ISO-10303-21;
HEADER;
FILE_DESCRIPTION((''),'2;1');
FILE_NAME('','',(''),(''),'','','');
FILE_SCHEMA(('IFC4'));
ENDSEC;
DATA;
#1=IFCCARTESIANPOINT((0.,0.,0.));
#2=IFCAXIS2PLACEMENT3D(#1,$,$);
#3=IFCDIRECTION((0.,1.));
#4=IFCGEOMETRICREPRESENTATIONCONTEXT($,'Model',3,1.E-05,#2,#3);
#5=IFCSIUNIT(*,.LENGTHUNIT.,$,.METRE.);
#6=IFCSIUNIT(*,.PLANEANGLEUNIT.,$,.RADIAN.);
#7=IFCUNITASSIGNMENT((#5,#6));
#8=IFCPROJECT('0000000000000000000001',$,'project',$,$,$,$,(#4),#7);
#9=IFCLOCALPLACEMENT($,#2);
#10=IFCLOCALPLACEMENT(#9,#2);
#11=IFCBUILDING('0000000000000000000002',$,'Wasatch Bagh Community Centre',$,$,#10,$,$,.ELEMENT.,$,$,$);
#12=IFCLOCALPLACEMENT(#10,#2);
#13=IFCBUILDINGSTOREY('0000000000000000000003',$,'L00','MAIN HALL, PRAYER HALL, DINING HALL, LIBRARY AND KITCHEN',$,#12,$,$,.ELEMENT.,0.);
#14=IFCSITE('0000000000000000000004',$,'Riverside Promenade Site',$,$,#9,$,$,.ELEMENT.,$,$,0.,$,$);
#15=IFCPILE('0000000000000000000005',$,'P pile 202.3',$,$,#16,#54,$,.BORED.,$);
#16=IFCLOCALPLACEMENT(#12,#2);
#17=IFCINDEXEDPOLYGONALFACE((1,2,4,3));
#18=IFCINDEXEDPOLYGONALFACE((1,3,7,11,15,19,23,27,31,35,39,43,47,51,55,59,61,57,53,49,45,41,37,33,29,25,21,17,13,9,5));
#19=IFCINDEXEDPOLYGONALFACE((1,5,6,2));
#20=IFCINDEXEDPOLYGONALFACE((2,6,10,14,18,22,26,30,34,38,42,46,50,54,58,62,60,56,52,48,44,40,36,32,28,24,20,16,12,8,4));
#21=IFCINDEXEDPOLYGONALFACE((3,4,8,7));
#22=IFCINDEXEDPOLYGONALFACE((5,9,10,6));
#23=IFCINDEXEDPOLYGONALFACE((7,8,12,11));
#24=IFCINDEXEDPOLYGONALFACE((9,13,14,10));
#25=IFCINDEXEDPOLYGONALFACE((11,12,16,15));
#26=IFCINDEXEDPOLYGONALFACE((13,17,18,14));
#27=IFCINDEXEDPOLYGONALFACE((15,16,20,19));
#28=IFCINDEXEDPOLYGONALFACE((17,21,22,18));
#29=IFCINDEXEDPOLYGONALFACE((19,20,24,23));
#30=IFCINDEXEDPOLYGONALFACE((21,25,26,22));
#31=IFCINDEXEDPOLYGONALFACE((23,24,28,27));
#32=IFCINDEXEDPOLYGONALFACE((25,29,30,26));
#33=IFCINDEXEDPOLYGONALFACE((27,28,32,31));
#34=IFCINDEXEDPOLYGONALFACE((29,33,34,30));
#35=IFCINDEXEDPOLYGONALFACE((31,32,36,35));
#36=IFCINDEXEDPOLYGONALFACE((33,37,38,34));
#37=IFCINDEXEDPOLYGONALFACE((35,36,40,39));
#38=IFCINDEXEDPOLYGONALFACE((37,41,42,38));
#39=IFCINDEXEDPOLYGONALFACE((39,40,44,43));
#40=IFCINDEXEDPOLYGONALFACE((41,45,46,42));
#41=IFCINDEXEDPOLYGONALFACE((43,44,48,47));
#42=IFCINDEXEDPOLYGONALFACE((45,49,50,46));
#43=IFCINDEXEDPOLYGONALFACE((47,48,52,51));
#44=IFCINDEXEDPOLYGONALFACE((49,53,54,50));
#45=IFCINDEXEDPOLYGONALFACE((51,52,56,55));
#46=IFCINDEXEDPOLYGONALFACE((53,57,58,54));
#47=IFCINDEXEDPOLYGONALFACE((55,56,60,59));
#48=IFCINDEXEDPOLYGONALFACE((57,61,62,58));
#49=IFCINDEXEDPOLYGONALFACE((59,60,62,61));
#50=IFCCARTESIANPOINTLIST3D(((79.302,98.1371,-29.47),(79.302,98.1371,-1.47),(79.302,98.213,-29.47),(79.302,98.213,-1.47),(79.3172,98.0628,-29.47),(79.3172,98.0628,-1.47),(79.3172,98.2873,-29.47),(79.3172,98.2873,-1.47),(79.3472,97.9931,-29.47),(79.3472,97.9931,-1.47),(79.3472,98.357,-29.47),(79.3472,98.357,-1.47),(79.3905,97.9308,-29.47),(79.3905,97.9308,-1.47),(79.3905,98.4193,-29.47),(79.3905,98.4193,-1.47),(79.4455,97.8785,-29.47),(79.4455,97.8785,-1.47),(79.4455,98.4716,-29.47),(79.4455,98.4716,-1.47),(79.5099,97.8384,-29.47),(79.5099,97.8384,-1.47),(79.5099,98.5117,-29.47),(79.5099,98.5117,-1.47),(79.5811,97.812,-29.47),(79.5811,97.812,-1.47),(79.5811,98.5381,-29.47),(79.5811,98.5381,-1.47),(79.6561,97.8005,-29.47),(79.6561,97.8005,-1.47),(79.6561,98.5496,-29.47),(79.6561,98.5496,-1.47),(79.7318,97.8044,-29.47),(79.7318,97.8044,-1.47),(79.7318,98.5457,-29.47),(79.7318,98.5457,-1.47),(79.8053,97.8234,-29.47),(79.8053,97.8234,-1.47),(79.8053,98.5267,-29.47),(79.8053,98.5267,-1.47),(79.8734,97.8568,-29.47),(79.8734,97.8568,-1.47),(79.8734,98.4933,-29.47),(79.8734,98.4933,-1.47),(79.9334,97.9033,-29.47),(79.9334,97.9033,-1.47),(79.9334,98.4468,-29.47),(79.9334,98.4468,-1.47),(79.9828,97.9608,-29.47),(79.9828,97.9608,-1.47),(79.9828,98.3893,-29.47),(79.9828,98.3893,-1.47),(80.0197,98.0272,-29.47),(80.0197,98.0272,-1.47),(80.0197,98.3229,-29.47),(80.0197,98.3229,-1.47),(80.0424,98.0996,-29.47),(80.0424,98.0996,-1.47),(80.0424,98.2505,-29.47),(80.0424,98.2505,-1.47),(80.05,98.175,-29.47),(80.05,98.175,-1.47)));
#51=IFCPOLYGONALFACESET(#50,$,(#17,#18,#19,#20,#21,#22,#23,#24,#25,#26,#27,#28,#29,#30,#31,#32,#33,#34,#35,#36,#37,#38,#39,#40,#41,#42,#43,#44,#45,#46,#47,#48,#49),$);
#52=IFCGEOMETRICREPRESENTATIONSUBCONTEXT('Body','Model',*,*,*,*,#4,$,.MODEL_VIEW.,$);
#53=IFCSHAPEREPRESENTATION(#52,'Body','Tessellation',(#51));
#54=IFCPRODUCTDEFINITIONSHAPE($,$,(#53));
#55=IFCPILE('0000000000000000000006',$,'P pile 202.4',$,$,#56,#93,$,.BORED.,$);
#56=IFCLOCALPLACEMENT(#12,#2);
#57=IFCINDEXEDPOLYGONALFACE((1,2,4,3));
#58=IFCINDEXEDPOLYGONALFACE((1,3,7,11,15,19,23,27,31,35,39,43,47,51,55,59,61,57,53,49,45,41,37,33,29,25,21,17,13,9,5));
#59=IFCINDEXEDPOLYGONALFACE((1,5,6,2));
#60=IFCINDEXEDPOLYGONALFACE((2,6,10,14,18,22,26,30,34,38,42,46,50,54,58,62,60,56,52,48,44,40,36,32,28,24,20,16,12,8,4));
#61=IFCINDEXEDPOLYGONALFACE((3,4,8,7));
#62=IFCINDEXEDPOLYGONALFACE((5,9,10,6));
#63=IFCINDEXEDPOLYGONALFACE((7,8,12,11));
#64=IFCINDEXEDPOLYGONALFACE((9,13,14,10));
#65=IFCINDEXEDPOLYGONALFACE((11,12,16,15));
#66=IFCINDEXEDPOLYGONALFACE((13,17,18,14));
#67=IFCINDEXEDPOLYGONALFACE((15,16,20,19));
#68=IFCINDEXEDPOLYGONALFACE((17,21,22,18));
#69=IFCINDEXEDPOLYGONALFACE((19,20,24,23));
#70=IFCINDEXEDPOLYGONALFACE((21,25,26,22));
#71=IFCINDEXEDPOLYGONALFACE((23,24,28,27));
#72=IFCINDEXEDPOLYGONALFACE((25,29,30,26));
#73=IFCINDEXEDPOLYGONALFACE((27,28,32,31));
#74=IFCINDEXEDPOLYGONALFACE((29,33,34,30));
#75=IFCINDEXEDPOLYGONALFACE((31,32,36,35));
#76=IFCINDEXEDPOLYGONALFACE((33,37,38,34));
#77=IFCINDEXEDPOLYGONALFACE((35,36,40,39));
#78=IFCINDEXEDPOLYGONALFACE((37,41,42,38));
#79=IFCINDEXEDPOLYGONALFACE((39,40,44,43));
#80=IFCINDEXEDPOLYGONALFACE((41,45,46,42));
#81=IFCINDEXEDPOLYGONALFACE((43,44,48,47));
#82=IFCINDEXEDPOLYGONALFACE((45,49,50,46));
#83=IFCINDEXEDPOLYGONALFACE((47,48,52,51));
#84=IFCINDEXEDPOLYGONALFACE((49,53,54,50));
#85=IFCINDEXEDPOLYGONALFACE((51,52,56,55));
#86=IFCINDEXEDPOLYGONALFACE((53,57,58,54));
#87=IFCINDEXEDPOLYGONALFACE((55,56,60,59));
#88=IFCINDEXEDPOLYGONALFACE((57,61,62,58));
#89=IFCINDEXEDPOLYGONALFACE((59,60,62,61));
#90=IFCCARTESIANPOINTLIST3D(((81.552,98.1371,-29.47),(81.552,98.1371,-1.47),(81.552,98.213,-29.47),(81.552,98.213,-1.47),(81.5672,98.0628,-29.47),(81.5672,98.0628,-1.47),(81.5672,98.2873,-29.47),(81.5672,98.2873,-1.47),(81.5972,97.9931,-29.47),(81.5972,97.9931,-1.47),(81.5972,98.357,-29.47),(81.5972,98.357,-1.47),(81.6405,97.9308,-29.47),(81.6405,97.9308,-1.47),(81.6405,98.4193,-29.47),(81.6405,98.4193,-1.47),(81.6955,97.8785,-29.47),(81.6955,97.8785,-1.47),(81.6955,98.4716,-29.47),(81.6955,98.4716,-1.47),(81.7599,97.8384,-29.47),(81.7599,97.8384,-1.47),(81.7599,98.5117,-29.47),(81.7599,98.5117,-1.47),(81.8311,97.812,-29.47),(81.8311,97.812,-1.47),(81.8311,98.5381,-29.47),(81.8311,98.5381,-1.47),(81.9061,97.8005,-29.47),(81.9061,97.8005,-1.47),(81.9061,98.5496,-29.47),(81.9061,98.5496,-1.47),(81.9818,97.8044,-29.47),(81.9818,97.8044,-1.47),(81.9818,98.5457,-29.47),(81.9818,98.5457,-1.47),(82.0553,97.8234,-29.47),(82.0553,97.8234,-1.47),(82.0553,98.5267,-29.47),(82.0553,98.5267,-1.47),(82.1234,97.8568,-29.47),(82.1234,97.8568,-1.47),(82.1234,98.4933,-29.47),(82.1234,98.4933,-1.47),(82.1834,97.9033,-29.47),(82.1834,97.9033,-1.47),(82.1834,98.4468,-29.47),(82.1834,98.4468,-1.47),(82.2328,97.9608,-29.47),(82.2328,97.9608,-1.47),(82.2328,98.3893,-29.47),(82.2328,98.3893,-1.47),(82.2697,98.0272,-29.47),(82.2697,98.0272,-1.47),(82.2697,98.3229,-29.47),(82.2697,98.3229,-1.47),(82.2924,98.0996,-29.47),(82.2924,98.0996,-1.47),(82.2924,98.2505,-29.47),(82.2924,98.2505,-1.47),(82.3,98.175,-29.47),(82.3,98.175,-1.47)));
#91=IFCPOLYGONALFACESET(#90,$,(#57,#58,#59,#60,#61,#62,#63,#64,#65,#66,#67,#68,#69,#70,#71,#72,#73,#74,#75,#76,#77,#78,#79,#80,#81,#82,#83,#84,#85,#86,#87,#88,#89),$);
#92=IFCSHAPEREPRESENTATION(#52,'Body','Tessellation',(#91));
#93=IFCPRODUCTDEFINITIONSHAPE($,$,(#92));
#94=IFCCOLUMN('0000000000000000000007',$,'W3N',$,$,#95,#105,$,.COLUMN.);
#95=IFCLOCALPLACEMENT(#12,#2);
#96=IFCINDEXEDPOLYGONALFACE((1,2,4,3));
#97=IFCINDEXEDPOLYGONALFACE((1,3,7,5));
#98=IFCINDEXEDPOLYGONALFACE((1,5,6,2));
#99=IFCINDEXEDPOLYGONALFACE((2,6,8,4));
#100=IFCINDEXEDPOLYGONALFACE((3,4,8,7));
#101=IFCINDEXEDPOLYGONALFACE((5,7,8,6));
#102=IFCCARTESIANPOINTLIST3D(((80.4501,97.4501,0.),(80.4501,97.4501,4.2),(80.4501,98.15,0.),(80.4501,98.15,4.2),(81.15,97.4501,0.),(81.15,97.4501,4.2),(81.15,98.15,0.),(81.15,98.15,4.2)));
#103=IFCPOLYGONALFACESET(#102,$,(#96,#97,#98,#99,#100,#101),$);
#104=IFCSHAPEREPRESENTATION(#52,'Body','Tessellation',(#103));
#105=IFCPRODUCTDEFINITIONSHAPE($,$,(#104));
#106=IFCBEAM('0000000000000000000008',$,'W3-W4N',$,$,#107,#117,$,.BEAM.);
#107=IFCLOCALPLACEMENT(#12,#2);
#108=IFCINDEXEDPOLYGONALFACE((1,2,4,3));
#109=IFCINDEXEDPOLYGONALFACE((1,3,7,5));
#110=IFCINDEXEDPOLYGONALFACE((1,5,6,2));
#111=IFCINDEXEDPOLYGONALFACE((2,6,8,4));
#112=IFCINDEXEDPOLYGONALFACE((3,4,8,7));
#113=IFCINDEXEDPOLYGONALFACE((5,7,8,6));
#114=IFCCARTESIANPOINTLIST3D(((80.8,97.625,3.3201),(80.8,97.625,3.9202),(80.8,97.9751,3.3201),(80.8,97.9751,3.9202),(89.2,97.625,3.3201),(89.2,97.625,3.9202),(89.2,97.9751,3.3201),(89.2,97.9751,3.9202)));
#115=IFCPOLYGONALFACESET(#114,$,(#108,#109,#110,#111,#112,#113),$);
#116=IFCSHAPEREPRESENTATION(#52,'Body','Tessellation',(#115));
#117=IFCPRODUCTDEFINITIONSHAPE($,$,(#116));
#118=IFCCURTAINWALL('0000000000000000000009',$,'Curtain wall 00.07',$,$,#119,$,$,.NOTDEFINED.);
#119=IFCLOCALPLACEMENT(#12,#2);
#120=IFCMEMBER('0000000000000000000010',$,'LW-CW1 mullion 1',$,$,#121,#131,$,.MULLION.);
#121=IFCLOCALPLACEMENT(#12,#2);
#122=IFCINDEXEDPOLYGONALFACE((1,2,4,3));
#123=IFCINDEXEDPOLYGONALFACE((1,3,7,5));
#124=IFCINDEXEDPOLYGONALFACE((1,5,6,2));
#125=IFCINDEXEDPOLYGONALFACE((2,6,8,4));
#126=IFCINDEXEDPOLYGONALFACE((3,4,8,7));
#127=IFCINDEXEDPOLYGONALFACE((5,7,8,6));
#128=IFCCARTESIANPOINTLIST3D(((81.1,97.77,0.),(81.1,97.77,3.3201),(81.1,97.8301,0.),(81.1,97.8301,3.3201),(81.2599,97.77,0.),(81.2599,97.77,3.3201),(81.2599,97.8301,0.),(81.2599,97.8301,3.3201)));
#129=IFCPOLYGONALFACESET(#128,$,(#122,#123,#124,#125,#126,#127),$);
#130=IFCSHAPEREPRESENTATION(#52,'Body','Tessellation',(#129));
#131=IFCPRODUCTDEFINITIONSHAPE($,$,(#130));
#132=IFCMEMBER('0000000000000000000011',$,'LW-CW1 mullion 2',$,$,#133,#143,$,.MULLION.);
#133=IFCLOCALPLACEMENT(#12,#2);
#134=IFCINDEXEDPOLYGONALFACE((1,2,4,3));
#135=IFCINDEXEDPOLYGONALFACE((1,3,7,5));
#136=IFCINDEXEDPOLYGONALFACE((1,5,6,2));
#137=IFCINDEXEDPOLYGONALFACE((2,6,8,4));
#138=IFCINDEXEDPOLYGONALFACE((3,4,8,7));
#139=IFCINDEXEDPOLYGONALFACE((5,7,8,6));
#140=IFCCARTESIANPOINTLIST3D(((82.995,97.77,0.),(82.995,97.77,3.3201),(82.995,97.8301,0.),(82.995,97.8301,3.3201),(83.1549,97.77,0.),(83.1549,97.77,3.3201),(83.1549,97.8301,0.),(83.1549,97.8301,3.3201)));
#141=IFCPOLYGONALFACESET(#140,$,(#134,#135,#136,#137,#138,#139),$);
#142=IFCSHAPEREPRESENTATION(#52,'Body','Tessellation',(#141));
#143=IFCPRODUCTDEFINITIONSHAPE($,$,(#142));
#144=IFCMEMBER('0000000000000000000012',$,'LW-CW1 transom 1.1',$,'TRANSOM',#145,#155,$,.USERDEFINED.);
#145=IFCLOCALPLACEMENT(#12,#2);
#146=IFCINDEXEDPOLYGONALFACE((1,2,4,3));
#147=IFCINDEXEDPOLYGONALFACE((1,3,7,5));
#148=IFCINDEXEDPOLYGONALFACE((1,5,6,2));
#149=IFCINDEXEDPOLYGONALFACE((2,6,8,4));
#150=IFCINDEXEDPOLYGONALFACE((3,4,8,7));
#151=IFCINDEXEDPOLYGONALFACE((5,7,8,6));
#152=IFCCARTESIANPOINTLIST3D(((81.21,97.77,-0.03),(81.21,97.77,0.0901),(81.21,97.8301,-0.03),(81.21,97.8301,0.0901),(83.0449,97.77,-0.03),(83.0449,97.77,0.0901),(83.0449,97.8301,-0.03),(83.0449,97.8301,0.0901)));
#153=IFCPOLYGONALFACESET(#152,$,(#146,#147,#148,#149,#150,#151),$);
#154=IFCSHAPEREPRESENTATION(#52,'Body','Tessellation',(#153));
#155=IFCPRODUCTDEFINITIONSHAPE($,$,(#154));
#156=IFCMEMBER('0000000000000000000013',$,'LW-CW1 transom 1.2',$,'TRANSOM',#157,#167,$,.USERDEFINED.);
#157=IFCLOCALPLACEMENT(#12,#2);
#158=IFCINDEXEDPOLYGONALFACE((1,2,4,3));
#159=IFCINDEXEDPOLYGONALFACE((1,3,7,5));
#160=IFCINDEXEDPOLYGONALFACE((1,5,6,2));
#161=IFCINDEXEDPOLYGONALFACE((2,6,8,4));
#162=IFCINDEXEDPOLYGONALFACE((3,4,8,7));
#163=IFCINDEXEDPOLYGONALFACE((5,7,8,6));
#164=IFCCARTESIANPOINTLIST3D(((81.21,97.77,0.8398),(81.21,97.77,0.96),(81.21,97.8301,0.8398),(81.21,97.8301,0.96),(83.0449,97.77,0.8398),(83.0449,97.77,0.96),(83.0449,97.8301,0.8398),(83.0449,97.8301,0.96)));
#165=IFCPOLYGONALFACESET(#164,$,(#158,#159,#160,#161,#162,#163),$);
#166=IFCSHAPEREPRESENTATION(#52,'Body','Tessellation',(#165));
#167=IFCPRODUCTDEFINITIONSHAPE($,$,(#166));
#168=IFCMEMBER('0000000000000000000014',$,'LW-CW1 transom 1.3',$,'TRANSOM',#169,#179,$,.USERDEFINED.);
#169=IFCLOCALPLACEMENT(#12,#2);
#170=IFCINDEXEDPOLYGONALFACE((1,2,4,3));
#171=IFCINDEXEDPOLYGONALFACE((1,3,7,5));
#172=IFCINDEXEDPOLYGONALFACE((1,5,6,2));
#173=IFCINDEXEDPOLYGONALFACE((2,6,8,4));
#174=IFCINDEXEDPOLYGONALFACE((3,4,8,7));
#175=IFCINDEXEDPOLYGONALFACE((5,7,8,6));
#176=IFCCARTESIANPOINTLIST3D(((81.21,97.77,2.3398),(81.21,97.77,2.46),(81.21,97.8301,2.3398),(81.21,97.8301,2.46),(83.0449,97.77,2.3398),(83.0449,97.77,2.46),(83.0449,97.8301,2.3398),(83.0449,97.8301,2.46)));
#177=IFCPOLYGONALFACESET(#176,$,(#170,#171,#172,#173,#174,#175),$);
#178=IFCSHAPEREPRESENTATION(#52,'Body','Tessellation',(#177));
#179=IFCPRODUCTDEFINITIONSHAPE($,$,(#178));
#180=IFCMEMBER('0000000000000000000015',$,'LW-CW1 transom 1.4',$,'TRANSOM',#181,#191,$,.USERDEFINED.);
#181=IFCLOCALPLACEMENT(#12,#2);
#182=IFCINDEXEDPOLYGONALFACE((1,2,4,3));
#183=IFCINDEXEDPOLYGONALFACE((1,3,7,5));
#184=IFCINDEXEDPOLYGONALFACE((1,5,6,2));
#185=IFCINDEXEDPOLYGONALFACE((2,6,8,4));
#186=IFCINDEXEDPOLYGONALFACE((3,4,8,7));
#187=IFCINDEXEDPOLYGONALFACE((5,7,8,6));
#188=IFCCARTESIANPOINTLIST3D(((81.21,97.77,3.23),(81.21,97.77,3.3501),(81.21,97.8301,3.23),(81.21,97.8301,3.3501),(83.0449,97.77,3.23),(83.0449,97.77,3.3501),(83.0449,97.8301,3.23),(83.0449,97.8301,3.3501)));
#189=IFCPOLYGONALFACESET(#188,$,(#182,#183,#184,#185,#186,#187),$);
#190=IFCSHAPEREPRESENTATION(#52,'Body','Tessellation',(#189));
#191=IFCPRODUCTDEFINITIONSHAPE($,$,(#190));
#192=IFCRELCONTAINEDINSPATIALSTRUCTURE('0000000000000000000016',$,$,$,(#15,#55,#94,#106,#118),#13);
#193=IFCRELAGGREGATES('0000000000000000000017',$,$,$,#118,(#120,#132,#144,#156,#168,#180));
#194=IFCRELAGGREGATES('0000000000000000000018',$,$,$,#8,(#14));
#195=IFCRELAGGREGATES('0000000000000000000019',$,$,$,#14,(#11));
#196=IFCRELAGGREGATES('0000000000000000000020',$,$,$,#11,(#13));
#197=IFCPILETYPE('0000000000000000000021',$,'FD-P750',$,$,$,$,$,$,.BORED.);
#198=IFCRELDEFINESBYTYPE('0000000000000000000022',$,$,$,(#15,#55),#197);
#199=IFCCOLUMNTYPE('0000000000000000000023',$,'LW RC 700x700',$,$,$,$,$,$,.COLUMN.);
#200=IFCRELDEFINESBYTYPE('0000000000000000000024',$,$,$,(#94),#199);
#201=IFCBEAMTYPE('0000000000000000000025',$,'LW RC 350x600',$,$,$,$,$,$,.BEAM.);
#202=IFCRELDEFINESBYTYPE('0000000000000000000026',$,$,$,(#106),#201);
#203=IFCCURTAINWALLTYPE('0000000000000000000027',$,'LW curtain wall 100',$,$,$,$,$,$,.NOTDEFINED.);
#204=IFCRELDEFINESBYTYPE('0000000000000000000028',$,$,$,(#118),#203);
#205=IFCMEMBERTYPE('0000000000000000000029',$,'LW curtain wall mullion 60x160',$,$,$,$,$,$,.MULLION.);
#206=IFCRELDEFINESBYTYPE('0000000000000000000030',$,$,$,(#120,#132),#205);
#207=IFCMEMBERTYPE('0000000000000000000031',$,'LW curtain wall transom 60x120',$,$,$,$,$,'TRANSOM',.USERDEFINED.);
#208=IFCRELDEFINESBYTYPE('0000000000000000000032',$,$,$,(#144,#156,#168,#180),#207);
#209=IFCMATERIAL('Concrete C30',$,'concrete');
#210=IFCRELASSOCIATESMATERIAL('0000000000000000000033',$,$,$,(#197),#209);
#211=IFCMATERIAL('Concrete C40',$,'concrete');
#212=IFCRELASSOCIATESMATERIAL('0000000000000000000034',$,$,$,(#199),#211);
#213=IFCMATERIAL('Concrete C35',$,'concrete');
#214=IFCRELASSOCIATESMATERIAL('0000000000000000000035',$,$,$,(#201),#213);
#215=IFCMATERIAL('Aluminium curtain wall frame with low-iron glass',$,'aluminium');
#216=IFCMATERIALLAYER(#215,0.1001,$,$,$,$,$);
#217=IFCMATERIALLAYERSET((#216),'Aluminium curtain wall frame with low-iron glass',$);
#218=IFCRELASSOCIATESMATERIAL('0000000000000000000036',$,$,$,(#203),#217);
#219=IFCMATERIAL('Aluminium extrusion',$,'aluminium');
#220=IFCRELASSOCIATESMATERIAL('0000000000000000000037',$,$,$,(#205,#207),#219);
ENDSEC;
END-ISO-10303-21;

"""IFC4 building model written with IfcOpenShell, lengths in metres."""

from ifc_helpers import new_model, si_unit, direction, frame, origin, origin_2d, place, context, subcontext, project, spatial, rectangle, circle, extrude, material, layer, layer_set, material_profile, profile_set, type_object, element, aggregate, save


model = new_model("IFC4")

# Units and contexts
model_context = context("Model", 3, precision=1e-05, world=origin(), true_north=direction((0.0, 1.0)))
body_context = subcontext(model_context, "Body", "Model", "MODEL_VIEW")
ifc_project = project(units=[si_unit("LENGTHUNIT", "METRE"), si_unit("PLANEANGLEUNIT", "RADIAN")], contexts=[model_context])

# Site, building, storey
site_placement = place(None, origin())
site = spatial("IfcSite", under=ifc_project, at=site_placement, Name="Riverside Promenade Site", CompositionType="ELEMENT", RefElevation=0.0)
building_placement = place(site_placement, origin())
building = spatial("IfcBuilding", under=site, at=building_placement, Name="Wasatch Bagh Community Centre", CompositionType="ELEMENT")
storey_placement = place(building_placement, origin())
storey = spatial("IfcBuildingStorey", under=building, at=storey_placement, Name="L00", Description="MAIN HALL, PRAYER HALL, DINING HALL, LIBRARY AND KITCHEN", CompositionType="ELEMENT", Elevation=0.0)

# Piles
ifc_material_1 = material(Name="Concrete C30", Category="concrete")
ifc_material_profile_1 = material_profile(ifc_material_1, circle(Radius=0.375, at=origin_2d()), Name="RC D750")
ifc_profile_set_1 = profile_set([ifc_material_profile_1], Name="Concrete C30")
pile_type = type_object("IfcPileType", Name="FD-P750", PredefinedType="BORED", material=ifc_profile_set_1)
for number, where, z_axis, x_axis, name in (
    (1, (79.675, 98.175, -1.47), (0.0, 0.0, -1.0), (1.0, 0.0, 0.0), "P pile 202.3"),
    (2, (81.925, 98.175, -1.47), (0.0, 0.0, -1.0), (1.0, 0.0, 0.0), "P pile 202.4"),
):
    element("IfcPile", number, at=place(storey_placement, frame(where, z_axis=z_axis, x_axis=x_axis)), inside=storey, type_object=pile_type, Name=name, PredefinedType="BORED", context=body_context, shape_type="SweptSolid", body=[
        extrude(circle(Radius=0.375, at=origin_2d()), origin(), (0.0, 0.0, 1.0), 28.0),
    ])

# Column
ifc_material_2 = material(Name="Concrete C40", Category="concrete")
ifc_material_profile_2 = material_profile(ifc_material_2, rectangle(XDim=0.7, YDim=0.7, at=origin_2d()), Name="RC 700x700")
ifc_profile_set_2 = profile_set([ifc_material_profile_2], Name="Concrete C40")
column_type = type_object("IfcColumnType", Name="LW RC 700x700", PredefinedType="COLUMN", material=ifc_profile_set_2)
column_placement = place(storey_placement, frame((80.8, 97.8, 0.0), z_axis=(0.0, 0.0, 1.0), x_axis=(1.0, 0.0, 0.0)))
element("IfcColumn", 3, at=column_placement, inside=storey, type_object=column_type, Name="W3N", PredefinedType="COLUMN", context=body_context, shape_type="SweptSolid", body=[
    extrude(rectangle(XDim=0.7, YDim=0.7, at=origin_2d()), origin(), (0.0, 0.0, 1.0), 4.2),
])

# Beam
ifc_material_3 = material(Name="Concrete C35", Category="concrete")
ifc_material_profile_3 = material_profile(ifc_material_3, rectangle(XDim=0.3501, YDim=0.6001, at=origin_2d()), Name="RC 350x600")
ifc_profile_set_3 = profile_set([ifc_material_profile_3], Name="Concrete C35")
beam_type = type_object("IfcBeamType", Name="LW RC 350x600", PredefinedType="BEAM", material=ifc_profile_set_3)
beam_placement = place(storey_placement, frame((80.8, 97.8, 3.6201), z_axis=(1.0, 0.0, 0.0), x_axis=(0.0, 1.0, 0.0)))
element("IfcBeam", 4, at=beam_placement, inside=storey, type_object=beam_type, Name="W3-W4N", PredefinedType="BEAM", context=body_context, shape_type="SweptSolid", body=[
    extrude(rectangle(XDim=0.3501, YDim=0.6001, at=origin_2d()), origin(), (0.0, 0.0, 1.0), 8.3999),
])

# Curtain wall, members
ifc_material_4 = material(Name="Aluminium curtain wall frame with low-iron glass", Category="aluminium")
ifc_layer_1 = layer(ifc_material_4, 0.1001)
ifc_layer_set_1 = layer_set([ifc_layer_1], Name="Aluminium curtain wall frame with low-iron glass")
curtain_wall_type = type_object("IfcCurtainWallType", Name="LW curtain wall 100", PredefinedType="NOTDEFINED", material=ifc_layer_set_1)
curtain_wall_placement = place(storey_placement, origin())
curtain_wall = element("IfcCurtainWall", 5, at=curtain_wall_placement, inside=storey, type_object=curtain_wall_type, Name="Curtain wall 00.07", PredefinedType="NOTDEFINED")
ifc_material_5 = material(Name="Aluminium extrusion", Category="aluminium")
ifc_material_profile_4 = material_profile(ifc_material_5, rectangle(XDim=0.0601, YDim=0.1599, at=origin_2d()), Name="AL 60x160")
ifc_profile_set_4 = profile_set([ifc_material_profile_4], Name="Aluminium extrusion")
member_type_1 = type_object("IfcMemberType", Name="LW curtain wall mullion 60x160", PredefinedType="MULLION", material=ifc_profile_set_4)
member_1_placement = place(storey_placement, frame((81.1799, 97.8, 0.0), z_axis=(0.0, 0.0, 1.0), x_axis=(0.0, 1.0, 0.0)))
member_1 = element("IfcMember", 6, at=member_1_placement, type_object=member_type_1, Name="LW-CW1 mullion 1", PredefinedType="MULLION", context=body_context, shape_type="SweptSolid", body=[
    extrude(rectangle(XDim=0.0601, YDim=0.1599, at=origin_2d()), origin(), (0.0, 0.0, 1.0), 3.3201),
])
member_2_placement = place(storey_placement, frame((83.075, 97.8, 0.0), z_axis=(0.0, 0.0, 1.0), x_axis=(0.0, 1.0, 0.0)))
member_2 = element("IfcMember", 7, at=member_2_placement, type_object=member_type_1, Name="LW-CW1 mullion 2", PredefinedType="MULLION", context=body_context, shape_type="SweptSolid", body=[
    extrude(rectangle(XDim=0.0601, YDim=0.1599, at=origin_2d()), origin(), (0.0, 0.0, 1.0), 3.3201),
])
ifc_material_profile_5 = material_profile(ifc_material_5, rectangle(XDim=0.0601, YDim=0.1201, at=origin_2d()), Name="AL 60x120")
ifc_profile_set_5 = profile_set([ifc_material_profile_5], Name="Aluminium extrusion")
member_type_2 = type_object("IfcMemberType", Name="LW curtain wall transom 60x120", ElementType="TRANSOM", PredefinedType="USERDEFINED", material=ifc_profile_set_5)
member_3_placement = place(storey_placement, frame((81.21, 97.8, 0.03), z_axis=(1.0, 0.0, 0.0), x_axis=(0.0, 1.0, 0.0)))
member_3 = element("IfcMember", 8, at=member_3_placement, type_object=member_type_2, Name="LW-CW1 transom 1.1", ObjectType="TRANSOM", PredefinedType="USERDEFINED", context=body_context, shape_type="SweptSolid", body=[
    extrude(rectangle(XDim=0.0601, YDim=0.1201, at=origin_2d()), origin(), (0.0, 0.0, 1.0), 1.835),
])
member_4_placement = place(storey_placement, frame((81.21, 97.8, 0.8999), z_axis=(1.0, 0.0, 0.0), x_axis=(0.0, 1.0, 0.0)))
member_4 = element("IfcMember", 9, at=member_4_placement, type_object=member_type_2, Name="LW-CW1 transom 1.2", ObjectType="TRANSOM", PredefinedType="USERDEFINED", context=body_context, shape_type="SweptSolid", body=[
    extrude(rectangle(XDim=0.0601, YDim=0.1201, at=origin_2d()), origin(), (0.0, 0.0, 1.0), 1.835),
])
member_5_placement = place(storey_placement, frame((81.21, 97.8, 2.3999), z_axis=(1.0, 0.0, 0.0), x_axis=(0.0, 1.0, 0.0)))
member_5 = element("IfcMember", 10, at=member_5_placement, type_object=member_type_2, Name="LW-CW1 transom 1.3", ObjectType="TRANSOM", PredefinedType="USERDEFINED", context=body_context, shape_type="SweptSolid", body=[
    extrude(rectangle(XDim=0.0601, YDim=0.1201, at=origin_2d()), origin(), (0.0, 0.0, 1.0), 1.835),
])
member_6_placement = place(storey_placement, frame((81.21, 97.8, 3.29), z_axis=(1.0, 0.0, 0.0), x_axis=(0.0, 1.0, 0.0)))
member_6 = element("IfcMember", 11, at=member_6_placement, type_object=member_type_2, Name="LW-CW1 transom 1.4", ObjectType="TRANSOM", PredefinedType="USERDEFINED", context=body_context, shape_type="SweptSolid", body=[
    extrude(rectangle(XDim=0.0601, YDim=0.1201, at=origin_2d()), origin(), (0.0, 0.0, 1.0), 1.835),
])
aggregate(curtain_wall, [member_1, member_2, member_3, member_4, member_5, member_6])

save(model, "model.ifc")
